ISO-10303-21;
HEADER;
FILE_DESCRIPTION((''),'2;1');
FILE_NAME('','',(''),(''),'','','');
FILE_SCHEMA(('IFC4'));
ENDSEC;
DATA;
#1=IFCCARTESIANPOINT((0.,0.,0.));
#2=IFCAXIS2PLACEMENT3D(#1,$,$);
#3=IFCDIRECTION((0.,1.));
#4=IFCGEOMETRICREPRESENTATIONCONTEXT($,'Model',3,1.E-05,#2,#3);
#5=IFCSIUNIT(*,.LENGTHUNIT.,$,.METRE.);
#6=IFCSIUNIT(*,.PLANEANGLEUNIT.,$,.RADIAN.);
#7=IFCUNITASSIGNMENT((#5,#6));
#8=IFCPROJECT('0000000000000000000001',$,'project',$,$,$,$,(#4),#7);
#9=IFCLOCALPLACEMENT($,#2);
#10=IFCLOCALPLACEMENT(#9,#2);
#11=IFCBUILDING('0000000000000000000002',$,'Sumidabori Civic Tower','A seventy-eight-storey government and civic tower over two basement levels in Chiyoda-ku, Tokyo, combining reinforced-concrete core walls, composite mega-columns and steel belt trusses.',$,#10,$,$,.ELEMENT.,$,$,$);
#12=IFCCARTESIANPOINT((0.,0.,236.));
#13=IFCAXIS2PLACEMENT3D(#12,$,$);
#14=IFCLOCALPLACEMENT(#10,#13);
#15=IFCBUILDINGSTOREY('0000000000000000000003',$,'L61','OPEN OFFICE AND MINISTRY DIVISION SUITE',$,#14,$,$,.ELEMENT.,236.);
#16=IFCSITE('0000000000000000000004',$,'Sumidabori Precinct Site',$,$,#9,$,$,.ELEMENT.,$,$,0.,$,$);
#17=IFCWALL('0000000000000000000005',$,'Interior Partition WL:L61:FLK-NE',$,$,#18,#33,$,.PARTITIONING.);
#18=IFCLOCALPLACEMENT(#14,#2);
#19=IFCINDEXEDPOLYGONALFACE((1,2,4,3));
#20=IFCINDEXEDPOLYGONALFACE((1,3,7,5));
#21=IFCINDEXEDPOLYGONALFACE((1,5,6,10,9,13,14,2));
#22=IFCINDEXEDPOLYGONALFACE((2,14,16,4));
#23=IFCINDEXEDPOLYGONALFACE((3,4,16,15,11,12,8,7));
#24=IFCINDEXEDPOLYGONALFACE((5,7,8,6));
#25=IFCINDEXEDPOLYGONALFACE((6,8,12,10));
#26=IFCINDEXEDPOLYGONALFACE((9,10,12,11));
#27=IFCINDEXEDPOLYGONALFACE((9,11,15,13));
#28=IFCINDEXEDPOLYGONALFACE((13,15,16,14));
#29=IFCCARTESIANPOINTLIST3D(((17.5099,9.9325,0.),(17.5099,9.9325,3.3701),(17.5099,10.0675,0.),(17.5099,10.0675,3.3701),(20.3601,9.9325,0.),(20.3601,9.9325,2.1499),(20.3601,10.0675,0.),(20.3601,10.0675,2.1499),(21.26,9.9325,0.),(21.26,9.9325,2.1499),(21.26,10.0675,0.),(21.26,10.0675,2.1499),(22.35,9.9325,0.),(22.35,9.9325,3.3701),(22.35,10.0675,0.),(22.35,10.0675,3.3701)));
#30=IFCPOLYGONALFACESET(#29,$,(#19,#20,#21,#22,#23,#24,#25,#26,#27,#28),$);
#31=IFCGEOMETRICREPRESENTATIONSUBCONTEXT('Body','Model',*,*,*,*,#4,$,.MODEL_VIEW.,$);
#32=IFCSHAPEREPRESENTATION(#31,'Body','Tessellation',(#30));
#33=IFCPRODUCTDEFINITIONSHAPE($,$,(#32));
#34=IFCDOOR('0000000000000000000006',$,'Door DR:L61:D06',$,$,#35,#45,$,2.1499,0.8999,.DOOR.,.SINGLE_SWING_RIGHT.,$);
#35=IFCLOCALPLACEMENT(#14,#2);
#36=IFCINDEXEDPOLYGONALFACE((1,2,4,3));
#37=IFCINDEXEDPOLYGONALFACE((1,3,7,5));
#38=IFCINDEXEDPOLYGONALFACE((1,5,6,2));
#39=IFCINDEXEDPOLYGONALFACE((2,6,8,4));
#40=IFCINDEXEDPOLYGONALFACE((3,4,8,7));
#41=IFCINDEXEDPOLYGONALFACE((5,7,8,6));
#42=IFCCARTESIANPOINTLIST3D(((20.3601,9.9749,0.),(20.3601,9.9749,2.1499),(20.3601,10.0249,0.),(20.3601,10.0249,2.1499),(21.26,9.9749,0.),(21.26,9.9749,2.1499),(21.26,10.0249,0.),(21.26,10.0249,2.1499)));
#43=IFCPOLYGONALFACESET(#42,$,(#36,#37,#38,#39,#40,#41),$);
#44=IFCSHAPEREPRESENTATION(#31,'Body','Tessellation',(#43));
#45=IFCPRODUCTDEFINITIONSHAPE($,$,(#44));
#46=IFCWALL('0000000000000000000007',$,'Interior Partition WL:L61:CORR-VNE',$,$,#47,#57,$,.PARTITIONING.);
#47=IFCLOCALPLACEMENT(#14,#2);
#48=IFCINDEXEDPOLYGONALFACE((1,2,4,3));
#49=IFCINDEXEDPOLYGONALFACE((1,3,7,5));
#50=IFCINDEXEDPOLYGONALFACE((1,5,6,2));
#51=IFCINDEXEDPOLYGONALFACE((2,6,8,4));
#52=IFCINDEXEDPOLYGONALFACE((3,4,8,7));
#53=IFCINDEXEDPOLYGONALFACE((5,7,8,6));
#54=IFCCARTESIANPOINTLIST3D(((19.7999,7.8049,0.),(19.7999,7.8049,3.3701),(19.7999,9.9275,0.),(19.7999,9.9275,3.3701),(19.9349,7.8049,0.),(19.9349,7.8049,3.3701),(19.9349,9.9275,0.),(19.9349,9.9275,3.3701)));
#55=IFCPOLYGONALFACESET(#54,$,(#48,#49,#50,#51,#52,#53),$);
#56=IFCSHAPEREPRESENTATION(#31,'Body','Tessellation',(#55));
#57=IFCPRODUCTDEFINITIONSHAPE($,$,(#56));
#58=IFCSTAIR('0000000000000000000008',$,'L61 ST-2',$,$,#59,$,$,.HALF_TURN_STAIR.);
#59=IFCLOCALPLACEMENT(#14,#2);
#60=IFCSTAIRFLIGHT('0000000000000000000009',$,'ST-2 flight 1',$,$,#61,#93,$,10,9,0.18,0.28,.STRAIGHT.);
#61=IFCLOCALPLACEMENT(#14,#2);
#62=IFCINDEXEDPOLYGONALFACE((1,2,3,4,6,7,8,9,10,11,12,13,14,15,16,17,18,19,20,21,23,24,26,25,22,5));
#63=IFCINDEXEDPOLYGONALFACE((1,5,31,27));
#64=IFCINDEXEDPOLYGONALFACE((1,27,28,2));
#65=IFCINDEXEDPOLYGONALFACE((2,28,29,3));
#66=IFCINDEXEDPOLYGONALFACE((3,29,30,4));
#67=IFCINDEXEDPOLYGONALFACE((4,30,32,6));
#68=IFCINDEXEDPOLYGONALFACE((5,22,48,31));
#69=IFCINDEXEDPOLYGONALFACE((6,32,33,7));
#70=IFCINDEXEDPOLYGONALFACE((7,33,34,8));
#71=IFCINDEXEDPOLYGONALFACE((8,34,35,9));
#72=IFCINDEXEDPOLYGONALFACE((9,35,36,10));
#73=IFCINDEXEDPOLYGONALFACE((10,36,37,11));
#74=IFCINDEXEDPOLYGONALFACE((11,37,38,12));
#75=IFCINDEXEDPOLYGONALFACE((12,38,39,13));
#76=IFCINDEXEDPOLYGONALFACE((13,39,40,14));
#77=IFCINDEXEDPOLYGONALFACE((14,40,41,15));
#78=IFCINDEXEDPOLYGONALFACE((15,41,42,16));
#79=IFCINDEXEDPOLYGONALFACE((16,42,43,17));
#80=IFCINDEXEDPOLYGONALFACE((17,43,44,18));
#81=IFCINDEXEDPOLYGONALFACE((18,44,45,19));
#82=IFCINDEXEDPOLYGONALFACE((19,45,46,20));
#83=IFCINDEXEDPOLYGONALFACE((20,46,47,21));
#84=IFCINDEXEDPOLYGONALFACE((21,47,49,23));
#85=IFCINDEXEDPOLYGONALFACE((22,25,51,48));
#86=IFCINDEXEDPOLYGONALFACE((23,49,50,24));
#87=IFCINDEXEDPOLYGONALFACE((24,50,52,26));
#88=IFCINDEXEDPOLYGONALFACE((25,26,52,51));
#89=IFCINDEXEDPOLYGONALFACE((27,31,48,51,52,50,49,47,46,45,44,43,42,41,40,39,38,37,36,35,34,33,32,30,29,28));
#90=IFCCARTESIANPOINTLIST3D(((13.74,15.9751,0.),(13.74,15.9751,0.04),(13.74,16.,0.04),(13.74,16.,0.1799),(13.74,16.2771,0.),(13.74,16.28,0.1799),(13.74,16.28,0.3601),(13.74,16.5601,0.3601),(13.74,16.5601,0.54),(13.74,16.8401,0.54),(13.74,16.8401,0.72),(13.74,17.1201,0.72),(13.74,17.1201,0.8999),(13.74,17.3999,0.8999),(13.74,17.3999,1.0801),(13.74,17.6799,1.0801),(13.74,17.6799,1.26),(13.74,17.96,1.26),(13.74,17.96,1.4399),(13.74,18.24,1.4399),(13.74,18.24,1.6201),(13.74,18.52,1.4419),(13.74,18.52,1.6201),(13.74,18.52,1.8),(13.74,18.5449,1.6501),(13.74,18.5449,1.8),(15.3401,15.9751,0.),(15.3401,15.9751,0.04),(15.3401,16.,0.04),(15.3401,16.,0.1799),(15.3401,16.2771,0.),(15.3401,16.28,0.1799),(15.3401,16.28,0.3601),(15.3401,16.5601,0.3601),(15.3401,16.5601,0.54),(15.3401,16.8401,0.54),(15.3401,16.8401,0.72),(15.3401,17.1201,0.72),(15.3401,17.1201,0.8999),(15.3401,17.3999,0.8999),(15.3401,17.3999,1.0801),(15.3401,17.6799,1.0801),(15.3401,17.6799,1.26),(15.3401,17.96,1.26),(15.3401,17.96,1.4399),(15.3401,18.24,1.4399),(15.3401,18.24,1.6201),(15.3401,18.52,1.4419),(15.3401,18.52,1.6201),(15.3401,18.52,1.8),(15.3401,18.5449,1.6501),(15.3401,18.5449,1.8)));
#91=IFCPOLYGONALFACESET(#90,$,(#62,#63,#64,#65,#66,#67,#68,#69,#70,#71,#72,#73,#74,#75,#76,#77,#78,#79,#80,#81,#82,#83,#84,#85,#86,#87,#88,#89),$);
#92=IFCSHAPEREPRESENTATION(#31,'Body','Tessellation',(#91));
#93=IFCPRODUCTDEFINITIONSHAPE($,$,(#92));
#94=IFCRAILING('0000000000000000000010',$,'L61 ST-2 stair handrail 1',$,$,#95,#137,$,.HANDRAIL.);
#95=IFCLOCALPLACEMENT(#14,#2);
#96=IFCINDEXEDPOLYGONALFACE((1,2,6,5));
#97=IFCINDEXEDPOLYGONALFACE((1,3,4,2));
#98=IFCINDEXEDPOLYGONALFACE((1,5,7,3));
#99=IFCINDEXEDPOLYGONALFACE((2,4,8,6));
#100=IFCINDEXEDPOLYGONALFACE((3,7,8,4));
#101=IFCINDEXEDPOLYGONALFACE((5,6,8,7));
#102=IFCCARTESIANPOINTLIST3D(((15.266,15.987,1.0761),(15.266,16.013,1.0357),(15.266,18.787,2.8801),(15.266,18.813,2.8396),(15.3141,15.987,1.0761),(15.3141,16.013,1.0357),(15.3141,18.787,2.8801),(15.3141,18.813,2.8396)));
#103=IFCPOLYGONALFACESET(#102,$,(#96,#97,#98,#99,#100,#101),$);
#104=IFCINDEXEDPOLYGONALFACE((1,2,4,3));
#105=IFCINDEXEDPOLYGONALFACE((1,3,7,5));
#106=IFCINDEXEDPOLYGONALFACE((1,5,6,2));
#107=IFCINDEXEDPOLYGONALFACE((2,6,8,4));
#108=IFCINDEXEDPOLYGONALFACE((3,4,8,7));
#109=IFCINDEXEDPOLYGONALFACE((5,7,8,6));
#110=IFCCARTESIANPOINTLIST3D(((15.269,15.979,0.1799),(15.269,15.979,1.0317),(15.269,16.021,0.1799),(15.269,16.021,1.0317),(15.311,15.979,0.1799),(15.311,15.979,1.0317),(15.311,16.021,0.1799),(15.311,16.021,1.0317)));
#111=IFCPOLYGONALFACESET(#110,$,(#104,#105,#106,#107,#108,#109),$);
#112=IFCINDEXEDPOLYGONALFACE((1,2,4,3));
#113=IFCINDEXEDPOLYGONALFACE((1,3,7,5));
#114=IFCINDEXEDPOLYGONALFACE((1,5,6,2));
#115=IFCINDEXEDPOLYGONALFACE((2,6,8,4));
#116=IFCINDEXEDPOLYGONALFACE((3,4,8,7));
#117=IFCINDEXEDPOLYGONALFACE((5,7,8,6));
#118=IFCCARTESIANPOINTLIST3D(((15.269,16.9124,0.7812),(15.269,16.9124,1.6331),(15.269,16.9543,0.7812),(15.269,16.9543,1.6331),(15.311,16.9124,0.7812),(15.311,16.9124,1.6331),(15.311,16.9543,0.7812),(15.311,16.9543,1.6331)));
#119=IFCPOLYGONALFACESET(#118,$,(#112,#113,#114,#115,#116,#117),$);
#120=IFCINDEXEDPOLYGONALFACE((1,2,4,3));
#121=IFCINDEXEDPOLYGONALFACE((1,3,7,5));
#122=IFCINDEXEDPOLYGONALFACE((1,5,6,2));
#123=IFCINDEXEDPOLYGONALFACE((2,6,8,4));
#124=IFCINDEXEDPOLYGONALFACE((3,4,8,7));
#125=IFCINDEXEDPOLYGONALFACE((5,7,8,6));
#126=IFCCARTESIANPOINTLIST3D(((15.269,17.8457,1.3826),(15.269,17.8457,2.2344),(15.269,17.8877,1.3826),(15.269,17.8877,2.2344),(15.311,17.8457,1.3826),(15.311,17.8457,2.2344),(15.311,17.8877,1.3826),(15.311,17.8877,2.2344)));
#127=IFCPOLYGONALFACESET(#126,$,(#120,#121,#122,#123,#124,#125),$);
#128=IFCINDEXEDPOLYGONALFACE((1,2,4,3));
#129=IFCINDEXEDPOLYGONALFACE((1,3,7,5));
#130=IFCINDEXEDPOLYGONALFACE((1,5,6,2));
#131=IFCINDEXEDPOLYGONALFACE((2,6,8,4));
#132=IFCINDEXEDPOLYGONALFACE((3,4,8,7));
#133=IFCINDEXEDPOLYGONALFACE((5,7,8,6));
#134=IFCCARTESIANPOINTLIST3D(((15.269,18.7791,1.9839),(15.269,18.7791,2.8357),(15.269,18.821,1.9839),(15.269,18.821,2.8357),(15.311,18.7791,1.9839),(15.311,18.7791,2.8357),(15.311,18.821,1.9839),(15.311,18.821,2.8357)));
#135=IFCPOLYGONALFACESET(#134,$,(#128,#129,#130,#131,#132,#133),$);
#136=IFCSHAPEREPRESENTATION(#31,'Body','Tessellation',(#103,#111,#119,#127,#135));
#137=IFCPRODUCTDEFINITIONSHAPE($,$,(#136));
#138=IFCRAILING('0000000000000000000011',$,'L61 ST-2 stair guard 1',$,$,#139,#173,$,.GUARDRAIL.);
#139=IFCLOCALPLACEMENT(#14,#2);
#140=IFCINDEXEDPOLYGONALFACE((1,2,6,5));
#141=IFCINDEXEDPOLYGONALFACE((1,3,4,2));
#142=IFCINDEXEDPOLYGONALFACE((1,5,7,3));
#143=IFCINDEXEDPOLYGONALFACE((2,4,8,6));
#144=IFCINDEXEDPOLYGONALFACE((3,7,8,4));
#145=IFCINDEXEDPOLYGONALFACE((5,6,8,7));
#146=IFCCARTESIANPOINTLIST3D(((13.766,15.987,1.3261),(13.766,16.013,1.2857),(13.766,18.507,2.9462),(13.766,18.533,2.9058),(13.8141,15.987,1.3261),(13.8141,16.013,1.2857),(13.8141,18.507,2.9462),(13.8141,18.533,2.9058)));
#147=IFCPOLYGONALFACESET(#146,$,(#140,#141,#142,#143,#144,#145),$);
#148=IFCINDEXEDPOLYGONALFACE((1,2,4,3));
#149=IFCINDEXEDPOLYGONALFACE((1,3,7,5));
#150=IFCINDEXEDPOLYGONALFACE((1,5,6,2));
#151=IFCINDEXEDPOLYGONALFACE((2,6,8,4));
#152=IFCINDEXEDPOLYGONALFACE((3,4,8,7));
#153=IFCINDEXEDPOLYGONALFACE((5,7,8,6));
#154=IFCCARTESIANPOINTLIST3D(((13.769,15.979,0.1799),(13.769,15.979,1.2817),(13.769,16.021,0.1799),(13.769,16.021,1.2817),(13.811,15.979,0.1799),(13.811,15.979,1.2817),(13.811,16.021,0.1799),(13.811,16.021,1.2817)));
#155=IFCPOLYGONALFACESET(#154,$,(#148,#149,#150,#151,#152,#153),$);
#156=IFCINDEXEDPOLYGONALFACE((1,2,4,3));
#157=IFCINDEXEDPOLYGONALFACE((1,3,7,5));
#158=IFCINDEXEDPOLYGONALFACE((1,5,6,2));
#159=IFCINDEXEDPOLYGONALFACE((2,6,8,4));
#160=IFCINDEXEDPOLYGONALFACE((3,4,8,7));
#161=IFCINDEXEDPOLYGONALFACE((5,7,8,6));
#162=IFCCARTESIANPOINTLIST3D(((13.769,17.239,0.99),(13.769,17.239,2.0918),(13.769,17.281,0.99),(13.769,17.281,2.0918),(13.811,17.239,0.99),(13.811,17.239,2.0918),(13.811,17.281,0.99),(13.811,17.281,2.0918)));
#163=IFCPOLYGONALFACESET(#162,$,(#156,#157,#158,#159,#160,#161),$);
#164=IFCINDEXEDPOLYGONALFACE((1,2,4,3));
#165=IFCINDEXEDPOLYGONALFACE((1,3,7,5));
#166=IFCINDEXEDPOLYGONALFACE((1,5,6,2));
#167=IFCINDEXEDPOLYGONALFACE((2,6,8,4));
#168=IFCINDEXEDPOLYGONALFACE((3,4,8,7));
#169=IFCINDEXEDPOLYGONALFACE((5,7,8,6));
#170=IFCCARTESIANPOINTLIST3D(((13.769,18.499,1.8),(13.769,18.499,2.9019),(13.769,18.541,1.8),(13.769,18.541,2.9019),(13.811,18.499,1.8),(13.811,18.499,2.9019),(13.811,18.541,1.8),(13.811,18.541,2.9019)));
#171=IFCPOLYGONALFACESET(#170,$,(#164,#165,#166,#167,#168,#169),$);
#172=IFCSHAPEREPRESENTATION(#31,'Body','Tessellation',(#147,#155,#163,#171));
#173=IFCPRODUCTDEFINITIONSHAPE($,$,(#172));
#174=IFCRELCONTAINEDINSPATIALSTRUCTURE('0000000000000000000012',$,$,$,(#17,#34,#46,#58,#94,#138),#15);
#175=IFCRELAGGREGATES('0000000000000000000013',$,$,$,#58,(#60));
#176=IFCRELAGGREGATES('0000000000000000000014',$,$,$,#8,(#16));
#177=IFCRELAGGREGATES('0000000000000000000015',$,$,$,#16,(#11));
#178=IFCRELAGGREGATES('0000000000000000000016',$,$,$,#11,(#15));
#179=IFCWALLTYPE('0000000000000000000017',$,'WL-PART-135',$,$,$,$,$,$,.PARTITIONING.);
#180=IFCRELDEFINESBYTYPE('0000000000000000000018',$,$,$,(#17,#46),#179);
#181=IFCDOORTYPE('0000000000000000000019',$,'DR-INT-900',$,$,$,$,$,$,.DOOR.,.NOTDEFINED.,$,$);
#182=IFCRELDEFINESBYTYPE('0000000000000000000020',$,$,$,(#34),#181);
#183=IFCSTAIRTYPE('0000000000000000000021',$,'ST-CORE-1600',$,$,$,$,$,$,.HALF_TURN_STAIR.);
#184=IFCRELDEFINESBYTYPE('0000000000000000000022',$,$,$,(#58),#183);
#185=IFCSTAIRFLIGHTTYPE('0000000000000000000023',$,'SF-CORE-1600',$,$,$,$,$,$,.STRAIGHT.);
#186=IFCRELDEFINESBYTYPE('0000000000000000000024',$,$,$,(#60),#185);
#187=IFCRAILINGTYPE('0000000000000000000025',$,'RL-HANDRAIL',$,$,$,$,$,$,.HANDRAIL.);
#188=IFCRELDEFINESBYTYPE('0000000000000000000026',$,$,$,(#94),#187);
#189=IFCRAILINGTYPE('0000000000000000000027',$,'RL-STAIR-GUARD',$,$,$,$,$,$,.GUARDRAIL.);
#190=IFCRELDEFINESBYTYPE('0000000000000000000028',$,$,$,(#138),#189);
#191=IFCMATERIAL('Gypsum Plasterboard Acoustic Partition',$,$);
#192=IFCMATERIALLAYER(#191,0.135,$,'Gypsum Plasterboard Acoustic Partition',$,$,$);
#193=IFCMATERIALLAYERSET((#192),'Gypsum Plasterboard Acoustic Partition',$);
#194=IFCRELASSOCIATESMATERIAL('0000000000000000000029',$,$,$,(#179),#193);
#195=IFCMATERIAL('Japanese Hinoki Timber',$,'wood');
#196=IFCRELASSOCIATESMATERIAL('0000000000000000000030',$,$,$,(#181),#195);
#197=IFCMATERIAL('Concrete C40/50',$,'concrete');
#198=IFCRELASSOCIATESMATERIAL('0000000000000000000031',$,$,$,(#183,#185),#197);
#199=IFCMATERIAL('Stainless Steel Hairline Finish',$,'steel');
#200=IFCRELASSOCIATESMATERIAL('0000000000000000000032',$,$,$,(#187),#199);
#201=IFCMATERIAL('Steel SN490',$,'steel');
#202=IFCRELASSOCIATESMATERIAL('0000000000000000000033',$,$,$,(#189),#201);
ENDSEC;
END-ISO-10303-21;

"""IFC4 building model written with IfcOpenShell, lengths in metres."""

from ifc_helpers import new_model, si_unit, direction, frame, frame_2d, origin, origin_2d, place, context, subcontext, project, spatial, polyline, rectangle, outline, extrude, source, transform, mapped, material, layer, layer_set, type_object, element, fill, aggregate, save


model = new_model("IFC4")

# Units and contexts
model_context = context("Model", 3, precision=1e-05, world=origin(), true_north=direction((0.0, 1.0)))
body_context = subcontext(model_context, "Body", "Model", "MODEL_VIEW")
ifc_project = project(units=[si_unit("LENGTHUNIT", "METRE"), si_unit("PLANEANGLEUNIT", "RADIAN")], contexts=[model_context])

# Site, building, storey
site_placement = place(None, origin())
site = spatial("IfcSite", under=ifc_project, at=site_placement, Name="Sumidabori Precinct Site", CompositionType="ELEMENT", RefElevation=0.0)
building_placement = place(site_placement, origin())
building = spatial("IfcBuilding", under=site, at=building_placement, Name="Sumidabori Civic Tower", Description="A seventy-eight-storey government and civic tower over two basement levels in Chiyoda-ku, Tokyo, combining reinforced-concrete core walls, composite mega-columns and steel belt trusses.", CompositionType="ELEMENT")
storey_placement = place(building_placement, frame((0.0, 0.0, 236.0)))
storey = spatial("IfcBuildingStorey", under=building, at=storey_placement, Name="L61", Description="OPEN OFFICE AND MINISTRY DIVISION SUITE", CompositionType="ELEMENT", Elevation=236.0)

# Shared definitions
ifc_material_1 = material(Name="Steel SN490", Category="steel")

# Shared definitions
ifc_material_2 = material(Name="Japanese Hinoki Timber", Category="wood")

# Shared definitions
ifc_material_3 = material(Name="Stainless Steel Hairline Finish", Category="steel")

# Shared definitions
ifc_material_4 = material(Name="Gypsum Plasterboard Acoustic Partition")

# Wall, opening, door
ifc_layer_1 = layer(ifc_material_4, 0.135, Name="Gypsum Plasterboard Acoustic Partition")
ifc_layer_set_1 = layer_set([ifc_layer_1], Name="Gypsum Plasterboard Acoustic Partition")
wall_type_1 = type_object("IfcWallType", Name="WL-PART-135", PredefinedType="PARTITIONING", material=ifc_layer_set_1)
shared_shape_1 = source(origin(), body_context, "Body", "SweptSolid", [
    extrude(rectangle(XDim=4.8401, YDim=0.135, at=frame_2d((2.4199, 0.0))), origin(), (0.0, 0.0, 1.0), 3.3701),
])
wall_1_placement = place(storey_placement, frame((17.51, 10.0, 0.0), z_axis=(0.0, 0.0, 1.0), x_axis=(1.0, 0.0, 0.0)))
wall_1 = element("IfcWall", 1, at=wall_1_placement, inside=storey, type_object=wall_type_1, Name="Interior Partition WL:L61:FLK-NE", PredefinedType="PARTITIONING", context=body_context, shape_type="MappedRepresentation", body=[
    mapped(shared_shape_1, transform((0.0, 0.0, 0.0), x_axis=(1.0, 0.0, 0.0), y_axis=(0.0, 1.0, 0.0), z_axis=(0.0, 0.0, 1.0), scale=1.0)),
])
opening_1_placement = place(wall_1_placement, frame((2.8501, 0.0, 0.0)))
opening_1 = element("IfcOpeningElement", 2, at=opening_1_placement, cuts=wall_1, PredefinedType="OPENING", context=body_context, shape_type="SweptSolid", body=[
    extrude(rectangle(XDim=0.8999, YDim=2.1499, at=frame_2d((0.45, 1.075))), frame((0.0, 0.0796, 0.0), z_axis=(0.0, -1.0, 0.0), x_axis=(1.0, 0.0, 0.0)), (0.0, 0.0, 1.0), 0.1589),
])
door_type_1 = type_object("IfcDoorType", Name="DR-INT-900", OperationType="NOTDEFINED", PredefinedType="DOOR", material=ifc_material_2)
shared_shape_2 = source(origin(), body_context, "Body", "SweptSolid", [
    extrude(rectangle(XDim=0.8999, YDim=2.1499, at=frame_2d((0.45, 1.075))), frame((0.0, 0.0249, 0.0), z_axis=(0.0, -1.0, 0.0), x_axis=(1.0, 0.0, 0.0)), (0.0, 0.0, 1.0), 0.05),
])
door_1_placement = place(opening_1_placement, origin())
door_1 = element("IfcDoor", 3, at=door_1_placement, inside=storey, type_object=door_type_1, Name="Door DR:L61:D06", OperationType="SINGLE_SWING_RIGHT", OverallHeight=2.1499, OverallWidth=0.8999, PredefinedType="DOOR", context=body_context, shape_type="MappedRepresentation", body=[
    mapped(shared_shape_2, transform((0.0, 0.0, 0.0), x_axis=(1.0, 0.0, 0.0), y_axis=(0.0, 1.0, 0.0), z_axis=(0.0, 0.0, 1.0), scale=1.0)),
])
fill(opening_1, door_1)

# Wall
shared_shape_3 = source(origin(), body_context, "Body", "SweptSolid", [
    extrude(rectangle(XDim=2.1226, YDim=0.135, at=frame_2d((1.0613, 0.0))), origin(), (0.0, 0.0, 1.0), 3.3701),
])
wall_2_placement = place(storey_placement, frame((19.8674, 7.8049, 0.0), z_axis=(0.0, 0.0, 1.0), x_axis=(0.0, 1.0, 0.0)))
element("IfcWall", 4, at=wall_2_placement, inside=storey, type_object=wall_type_1, Name="Interior Partition WL:L61:CORR-VNE", PredefinedType="PARTITIONING", context=body_context, shape_type="MappedRepresentation", body=[
    mapped(shared_shape_3, transform((0.0, 0.0, 0.0), x_axis=(1.0, 0.0, 0.0), y_axis=(0.0, 1.0, 0.0), z_axis=(0.0, 0.0, 1.0), scale=1.0)),
])

# Stair, stair flight
ifc_material_5 = material(Name="Concrete C40/50", Category="concrete")
stair_type = type_object("IfcStairType", Name="ST-CORE-1600", PredefinedType="HALF_TURN_STAIR", material=ifc_material_5)
stair_placement = place(storey_placement, origin())
stair = element("IfcStair", 5, at=stair_placement, inside=storey, type_object=stair_type, Name="L61 ST-2", PredefinedType="HALF_TURN_STAIR")
stair_flight_type = type_object("IfcStairFlightType", Name="SF-CORE-1600", PredefinedType="STRAIGHT", material=ifc_material_5)
shared_shape_4 = source(origin(), body_context, "Body", "SweptSolid", [
    extrude(outline(polyline([(-0.0249, 0.0), (-0.0249, 0.04), (0.0, 0.04), (0.0, 0.1799), (0.28, 0.1799), (0.28, 0.3601), (0.5601, 0.3601), (0.5601, 0.54), (0.8401, 0.54), (0.8401, 0.72), (1.1201, 0.72), (1.1201, 0.8999), (1.3999, 0.8999), (1.3999, 1.0801), (1.6799, 1.0801), (1.6799, 1.26), (1.96, 1.26), (1.96, 1.4399), (2.24, 1.4399), (2.24, 1.6201), (2.52, 1.6201), (2.52, 1.8), (2.5449, 1.8), (2.5449, 1.6501), (2.52, 1.4419), (0.2771, 0.0), (-0.0249, 0.0)])), frame((0.0, 0.8, 0.0), z_axis=(0.0, -1.0, 0.0), x_axis=(1.0, 0.0, 0.0)), (0.0, 0.0, 1.0), 1.6001),
])
stair_flight_placement = place(storey_placement, frame((14.54, 16.0, 0.0), z_axis=(0.0, 0.0, 1.0), x_axis=(0.0, 1.0, 0.0)))
stair_flight = element("IfcStairFlight", 6, at=stair_flight_placement, type_object=stair_flight_type, Name="ST-2 flight 1", NumberOfRisers=10, NumberOfTreads=9, PredefinedType="STRAIGHT", RiserHeight=0.18, TreadLength=0.28, context=body_context, shape_type="MappedRepresentation", body=[
    mapped(shared_shape_4, transform((0.0, 0.0, 0.0), x_axis=(1.0, 0.0, 0.0), y_axis=(0.0, 1.0, 0.0), z_axis=(0.0, 0.0, 1.0), scale=1.0)),
])
aggregate(stair, [stair_flight])

# Railings
railing_type_1 = type_object("IfcRailingType", Name="RL-HANDRAIL", PredefinedType="HANDRAIL", material=ifc_material_3)
railing_1_placement = place(storey_placement, frame((15.29, 16.0, 0.1799)))
element("IfcRailing", 7, at=railing_1_placement, inside=storey, type_object=railing_type_1, Name="L61 ST-2 stair handrail 1", PredefinedType="HANDRAIL", context=body_context, shape_type="SweptSolid", body=[
    extrude(rectangle(XDim=0.0481, YDim=0.0481, at=origin_2d()), frame((0.0, 0.0, 0.876), z_axis=(0.0, 0.840642, 0.541591), x_axis=(-1.0, 0.0, 0.0)), (0.0, 0.0, 1.0), 3.3308),
    extrude(rectangle(XDim=0.042, YDim=0.042, at=origin_2d()), origin(), (0.0, 0.0, 1.0), 0.8518),
    extrude(rectangle(XDim=0.042, YDim=0.042, at=origin_2d()), frame((0.0, 0.9333, 0.6013)), (0.0, 0.0, 1.0), 0.8518),
    extrude(rectangle(XDim=0.042, YDim=0.042, at=origin_2d()), frame((0.0, 1.8667, 1.2026)), (0.0, 0.0, 1.0), 0.8518),
    extrude(rectangle(XDim=0.042, YDim=0.042, at=origin_2d()), frame((0.0, 2.8, 1.804)), (0.0, 0.0, 1.0), 0.8518),
])
railing_type_2 = type_object("IfcRailingType", Name="RL-STAIR-GUARD", PredefinedType="GUARDRAIL", material=ifc_material_1)
railing_2_placement = place(storey_placement, frame((13.79, 16.0, 0.1799)))
element("IfcRailing", 8, at=railing_2_placement, inside=storey, type_object=railing_type_2, Name="L61 ST-2 stair guard 1", PredefinedType="GUARDRAIL", context=body_context, shape_type="SweptSolid", body=[
    extrude(rectangle(XDim=0.0481, YDim=0.0481, at=origin_2d()), frame((0.0, 0.0, 1.126), z_axis=(0.0, 0.841163, 0.540782), x_axis=(-1.0, 0.0, 0.0)), (0.0, 0.0, 1.0), 2.9958),
    extrude(rectangle(XDim=0.042, YDim=0.042, at=origin_2d()), origin(), (0.0, 0.0, 1.0), 1.1018),
    extrude(rectangle(XDim=0.042, YDim=0.042, at=origin_2d()), frame((0.0, 1.26, 0.8101)), (0.0, 0.0, 1.0), 1.1018),
    extrude(rectangle(XDim=0.042, YDim=0.042, at=origin_2d()), frame((0.0, 2.52, 1.6201)), (0.0, 0.0, 1.0), 1.1018),
])

save(model, "model.ifc")
